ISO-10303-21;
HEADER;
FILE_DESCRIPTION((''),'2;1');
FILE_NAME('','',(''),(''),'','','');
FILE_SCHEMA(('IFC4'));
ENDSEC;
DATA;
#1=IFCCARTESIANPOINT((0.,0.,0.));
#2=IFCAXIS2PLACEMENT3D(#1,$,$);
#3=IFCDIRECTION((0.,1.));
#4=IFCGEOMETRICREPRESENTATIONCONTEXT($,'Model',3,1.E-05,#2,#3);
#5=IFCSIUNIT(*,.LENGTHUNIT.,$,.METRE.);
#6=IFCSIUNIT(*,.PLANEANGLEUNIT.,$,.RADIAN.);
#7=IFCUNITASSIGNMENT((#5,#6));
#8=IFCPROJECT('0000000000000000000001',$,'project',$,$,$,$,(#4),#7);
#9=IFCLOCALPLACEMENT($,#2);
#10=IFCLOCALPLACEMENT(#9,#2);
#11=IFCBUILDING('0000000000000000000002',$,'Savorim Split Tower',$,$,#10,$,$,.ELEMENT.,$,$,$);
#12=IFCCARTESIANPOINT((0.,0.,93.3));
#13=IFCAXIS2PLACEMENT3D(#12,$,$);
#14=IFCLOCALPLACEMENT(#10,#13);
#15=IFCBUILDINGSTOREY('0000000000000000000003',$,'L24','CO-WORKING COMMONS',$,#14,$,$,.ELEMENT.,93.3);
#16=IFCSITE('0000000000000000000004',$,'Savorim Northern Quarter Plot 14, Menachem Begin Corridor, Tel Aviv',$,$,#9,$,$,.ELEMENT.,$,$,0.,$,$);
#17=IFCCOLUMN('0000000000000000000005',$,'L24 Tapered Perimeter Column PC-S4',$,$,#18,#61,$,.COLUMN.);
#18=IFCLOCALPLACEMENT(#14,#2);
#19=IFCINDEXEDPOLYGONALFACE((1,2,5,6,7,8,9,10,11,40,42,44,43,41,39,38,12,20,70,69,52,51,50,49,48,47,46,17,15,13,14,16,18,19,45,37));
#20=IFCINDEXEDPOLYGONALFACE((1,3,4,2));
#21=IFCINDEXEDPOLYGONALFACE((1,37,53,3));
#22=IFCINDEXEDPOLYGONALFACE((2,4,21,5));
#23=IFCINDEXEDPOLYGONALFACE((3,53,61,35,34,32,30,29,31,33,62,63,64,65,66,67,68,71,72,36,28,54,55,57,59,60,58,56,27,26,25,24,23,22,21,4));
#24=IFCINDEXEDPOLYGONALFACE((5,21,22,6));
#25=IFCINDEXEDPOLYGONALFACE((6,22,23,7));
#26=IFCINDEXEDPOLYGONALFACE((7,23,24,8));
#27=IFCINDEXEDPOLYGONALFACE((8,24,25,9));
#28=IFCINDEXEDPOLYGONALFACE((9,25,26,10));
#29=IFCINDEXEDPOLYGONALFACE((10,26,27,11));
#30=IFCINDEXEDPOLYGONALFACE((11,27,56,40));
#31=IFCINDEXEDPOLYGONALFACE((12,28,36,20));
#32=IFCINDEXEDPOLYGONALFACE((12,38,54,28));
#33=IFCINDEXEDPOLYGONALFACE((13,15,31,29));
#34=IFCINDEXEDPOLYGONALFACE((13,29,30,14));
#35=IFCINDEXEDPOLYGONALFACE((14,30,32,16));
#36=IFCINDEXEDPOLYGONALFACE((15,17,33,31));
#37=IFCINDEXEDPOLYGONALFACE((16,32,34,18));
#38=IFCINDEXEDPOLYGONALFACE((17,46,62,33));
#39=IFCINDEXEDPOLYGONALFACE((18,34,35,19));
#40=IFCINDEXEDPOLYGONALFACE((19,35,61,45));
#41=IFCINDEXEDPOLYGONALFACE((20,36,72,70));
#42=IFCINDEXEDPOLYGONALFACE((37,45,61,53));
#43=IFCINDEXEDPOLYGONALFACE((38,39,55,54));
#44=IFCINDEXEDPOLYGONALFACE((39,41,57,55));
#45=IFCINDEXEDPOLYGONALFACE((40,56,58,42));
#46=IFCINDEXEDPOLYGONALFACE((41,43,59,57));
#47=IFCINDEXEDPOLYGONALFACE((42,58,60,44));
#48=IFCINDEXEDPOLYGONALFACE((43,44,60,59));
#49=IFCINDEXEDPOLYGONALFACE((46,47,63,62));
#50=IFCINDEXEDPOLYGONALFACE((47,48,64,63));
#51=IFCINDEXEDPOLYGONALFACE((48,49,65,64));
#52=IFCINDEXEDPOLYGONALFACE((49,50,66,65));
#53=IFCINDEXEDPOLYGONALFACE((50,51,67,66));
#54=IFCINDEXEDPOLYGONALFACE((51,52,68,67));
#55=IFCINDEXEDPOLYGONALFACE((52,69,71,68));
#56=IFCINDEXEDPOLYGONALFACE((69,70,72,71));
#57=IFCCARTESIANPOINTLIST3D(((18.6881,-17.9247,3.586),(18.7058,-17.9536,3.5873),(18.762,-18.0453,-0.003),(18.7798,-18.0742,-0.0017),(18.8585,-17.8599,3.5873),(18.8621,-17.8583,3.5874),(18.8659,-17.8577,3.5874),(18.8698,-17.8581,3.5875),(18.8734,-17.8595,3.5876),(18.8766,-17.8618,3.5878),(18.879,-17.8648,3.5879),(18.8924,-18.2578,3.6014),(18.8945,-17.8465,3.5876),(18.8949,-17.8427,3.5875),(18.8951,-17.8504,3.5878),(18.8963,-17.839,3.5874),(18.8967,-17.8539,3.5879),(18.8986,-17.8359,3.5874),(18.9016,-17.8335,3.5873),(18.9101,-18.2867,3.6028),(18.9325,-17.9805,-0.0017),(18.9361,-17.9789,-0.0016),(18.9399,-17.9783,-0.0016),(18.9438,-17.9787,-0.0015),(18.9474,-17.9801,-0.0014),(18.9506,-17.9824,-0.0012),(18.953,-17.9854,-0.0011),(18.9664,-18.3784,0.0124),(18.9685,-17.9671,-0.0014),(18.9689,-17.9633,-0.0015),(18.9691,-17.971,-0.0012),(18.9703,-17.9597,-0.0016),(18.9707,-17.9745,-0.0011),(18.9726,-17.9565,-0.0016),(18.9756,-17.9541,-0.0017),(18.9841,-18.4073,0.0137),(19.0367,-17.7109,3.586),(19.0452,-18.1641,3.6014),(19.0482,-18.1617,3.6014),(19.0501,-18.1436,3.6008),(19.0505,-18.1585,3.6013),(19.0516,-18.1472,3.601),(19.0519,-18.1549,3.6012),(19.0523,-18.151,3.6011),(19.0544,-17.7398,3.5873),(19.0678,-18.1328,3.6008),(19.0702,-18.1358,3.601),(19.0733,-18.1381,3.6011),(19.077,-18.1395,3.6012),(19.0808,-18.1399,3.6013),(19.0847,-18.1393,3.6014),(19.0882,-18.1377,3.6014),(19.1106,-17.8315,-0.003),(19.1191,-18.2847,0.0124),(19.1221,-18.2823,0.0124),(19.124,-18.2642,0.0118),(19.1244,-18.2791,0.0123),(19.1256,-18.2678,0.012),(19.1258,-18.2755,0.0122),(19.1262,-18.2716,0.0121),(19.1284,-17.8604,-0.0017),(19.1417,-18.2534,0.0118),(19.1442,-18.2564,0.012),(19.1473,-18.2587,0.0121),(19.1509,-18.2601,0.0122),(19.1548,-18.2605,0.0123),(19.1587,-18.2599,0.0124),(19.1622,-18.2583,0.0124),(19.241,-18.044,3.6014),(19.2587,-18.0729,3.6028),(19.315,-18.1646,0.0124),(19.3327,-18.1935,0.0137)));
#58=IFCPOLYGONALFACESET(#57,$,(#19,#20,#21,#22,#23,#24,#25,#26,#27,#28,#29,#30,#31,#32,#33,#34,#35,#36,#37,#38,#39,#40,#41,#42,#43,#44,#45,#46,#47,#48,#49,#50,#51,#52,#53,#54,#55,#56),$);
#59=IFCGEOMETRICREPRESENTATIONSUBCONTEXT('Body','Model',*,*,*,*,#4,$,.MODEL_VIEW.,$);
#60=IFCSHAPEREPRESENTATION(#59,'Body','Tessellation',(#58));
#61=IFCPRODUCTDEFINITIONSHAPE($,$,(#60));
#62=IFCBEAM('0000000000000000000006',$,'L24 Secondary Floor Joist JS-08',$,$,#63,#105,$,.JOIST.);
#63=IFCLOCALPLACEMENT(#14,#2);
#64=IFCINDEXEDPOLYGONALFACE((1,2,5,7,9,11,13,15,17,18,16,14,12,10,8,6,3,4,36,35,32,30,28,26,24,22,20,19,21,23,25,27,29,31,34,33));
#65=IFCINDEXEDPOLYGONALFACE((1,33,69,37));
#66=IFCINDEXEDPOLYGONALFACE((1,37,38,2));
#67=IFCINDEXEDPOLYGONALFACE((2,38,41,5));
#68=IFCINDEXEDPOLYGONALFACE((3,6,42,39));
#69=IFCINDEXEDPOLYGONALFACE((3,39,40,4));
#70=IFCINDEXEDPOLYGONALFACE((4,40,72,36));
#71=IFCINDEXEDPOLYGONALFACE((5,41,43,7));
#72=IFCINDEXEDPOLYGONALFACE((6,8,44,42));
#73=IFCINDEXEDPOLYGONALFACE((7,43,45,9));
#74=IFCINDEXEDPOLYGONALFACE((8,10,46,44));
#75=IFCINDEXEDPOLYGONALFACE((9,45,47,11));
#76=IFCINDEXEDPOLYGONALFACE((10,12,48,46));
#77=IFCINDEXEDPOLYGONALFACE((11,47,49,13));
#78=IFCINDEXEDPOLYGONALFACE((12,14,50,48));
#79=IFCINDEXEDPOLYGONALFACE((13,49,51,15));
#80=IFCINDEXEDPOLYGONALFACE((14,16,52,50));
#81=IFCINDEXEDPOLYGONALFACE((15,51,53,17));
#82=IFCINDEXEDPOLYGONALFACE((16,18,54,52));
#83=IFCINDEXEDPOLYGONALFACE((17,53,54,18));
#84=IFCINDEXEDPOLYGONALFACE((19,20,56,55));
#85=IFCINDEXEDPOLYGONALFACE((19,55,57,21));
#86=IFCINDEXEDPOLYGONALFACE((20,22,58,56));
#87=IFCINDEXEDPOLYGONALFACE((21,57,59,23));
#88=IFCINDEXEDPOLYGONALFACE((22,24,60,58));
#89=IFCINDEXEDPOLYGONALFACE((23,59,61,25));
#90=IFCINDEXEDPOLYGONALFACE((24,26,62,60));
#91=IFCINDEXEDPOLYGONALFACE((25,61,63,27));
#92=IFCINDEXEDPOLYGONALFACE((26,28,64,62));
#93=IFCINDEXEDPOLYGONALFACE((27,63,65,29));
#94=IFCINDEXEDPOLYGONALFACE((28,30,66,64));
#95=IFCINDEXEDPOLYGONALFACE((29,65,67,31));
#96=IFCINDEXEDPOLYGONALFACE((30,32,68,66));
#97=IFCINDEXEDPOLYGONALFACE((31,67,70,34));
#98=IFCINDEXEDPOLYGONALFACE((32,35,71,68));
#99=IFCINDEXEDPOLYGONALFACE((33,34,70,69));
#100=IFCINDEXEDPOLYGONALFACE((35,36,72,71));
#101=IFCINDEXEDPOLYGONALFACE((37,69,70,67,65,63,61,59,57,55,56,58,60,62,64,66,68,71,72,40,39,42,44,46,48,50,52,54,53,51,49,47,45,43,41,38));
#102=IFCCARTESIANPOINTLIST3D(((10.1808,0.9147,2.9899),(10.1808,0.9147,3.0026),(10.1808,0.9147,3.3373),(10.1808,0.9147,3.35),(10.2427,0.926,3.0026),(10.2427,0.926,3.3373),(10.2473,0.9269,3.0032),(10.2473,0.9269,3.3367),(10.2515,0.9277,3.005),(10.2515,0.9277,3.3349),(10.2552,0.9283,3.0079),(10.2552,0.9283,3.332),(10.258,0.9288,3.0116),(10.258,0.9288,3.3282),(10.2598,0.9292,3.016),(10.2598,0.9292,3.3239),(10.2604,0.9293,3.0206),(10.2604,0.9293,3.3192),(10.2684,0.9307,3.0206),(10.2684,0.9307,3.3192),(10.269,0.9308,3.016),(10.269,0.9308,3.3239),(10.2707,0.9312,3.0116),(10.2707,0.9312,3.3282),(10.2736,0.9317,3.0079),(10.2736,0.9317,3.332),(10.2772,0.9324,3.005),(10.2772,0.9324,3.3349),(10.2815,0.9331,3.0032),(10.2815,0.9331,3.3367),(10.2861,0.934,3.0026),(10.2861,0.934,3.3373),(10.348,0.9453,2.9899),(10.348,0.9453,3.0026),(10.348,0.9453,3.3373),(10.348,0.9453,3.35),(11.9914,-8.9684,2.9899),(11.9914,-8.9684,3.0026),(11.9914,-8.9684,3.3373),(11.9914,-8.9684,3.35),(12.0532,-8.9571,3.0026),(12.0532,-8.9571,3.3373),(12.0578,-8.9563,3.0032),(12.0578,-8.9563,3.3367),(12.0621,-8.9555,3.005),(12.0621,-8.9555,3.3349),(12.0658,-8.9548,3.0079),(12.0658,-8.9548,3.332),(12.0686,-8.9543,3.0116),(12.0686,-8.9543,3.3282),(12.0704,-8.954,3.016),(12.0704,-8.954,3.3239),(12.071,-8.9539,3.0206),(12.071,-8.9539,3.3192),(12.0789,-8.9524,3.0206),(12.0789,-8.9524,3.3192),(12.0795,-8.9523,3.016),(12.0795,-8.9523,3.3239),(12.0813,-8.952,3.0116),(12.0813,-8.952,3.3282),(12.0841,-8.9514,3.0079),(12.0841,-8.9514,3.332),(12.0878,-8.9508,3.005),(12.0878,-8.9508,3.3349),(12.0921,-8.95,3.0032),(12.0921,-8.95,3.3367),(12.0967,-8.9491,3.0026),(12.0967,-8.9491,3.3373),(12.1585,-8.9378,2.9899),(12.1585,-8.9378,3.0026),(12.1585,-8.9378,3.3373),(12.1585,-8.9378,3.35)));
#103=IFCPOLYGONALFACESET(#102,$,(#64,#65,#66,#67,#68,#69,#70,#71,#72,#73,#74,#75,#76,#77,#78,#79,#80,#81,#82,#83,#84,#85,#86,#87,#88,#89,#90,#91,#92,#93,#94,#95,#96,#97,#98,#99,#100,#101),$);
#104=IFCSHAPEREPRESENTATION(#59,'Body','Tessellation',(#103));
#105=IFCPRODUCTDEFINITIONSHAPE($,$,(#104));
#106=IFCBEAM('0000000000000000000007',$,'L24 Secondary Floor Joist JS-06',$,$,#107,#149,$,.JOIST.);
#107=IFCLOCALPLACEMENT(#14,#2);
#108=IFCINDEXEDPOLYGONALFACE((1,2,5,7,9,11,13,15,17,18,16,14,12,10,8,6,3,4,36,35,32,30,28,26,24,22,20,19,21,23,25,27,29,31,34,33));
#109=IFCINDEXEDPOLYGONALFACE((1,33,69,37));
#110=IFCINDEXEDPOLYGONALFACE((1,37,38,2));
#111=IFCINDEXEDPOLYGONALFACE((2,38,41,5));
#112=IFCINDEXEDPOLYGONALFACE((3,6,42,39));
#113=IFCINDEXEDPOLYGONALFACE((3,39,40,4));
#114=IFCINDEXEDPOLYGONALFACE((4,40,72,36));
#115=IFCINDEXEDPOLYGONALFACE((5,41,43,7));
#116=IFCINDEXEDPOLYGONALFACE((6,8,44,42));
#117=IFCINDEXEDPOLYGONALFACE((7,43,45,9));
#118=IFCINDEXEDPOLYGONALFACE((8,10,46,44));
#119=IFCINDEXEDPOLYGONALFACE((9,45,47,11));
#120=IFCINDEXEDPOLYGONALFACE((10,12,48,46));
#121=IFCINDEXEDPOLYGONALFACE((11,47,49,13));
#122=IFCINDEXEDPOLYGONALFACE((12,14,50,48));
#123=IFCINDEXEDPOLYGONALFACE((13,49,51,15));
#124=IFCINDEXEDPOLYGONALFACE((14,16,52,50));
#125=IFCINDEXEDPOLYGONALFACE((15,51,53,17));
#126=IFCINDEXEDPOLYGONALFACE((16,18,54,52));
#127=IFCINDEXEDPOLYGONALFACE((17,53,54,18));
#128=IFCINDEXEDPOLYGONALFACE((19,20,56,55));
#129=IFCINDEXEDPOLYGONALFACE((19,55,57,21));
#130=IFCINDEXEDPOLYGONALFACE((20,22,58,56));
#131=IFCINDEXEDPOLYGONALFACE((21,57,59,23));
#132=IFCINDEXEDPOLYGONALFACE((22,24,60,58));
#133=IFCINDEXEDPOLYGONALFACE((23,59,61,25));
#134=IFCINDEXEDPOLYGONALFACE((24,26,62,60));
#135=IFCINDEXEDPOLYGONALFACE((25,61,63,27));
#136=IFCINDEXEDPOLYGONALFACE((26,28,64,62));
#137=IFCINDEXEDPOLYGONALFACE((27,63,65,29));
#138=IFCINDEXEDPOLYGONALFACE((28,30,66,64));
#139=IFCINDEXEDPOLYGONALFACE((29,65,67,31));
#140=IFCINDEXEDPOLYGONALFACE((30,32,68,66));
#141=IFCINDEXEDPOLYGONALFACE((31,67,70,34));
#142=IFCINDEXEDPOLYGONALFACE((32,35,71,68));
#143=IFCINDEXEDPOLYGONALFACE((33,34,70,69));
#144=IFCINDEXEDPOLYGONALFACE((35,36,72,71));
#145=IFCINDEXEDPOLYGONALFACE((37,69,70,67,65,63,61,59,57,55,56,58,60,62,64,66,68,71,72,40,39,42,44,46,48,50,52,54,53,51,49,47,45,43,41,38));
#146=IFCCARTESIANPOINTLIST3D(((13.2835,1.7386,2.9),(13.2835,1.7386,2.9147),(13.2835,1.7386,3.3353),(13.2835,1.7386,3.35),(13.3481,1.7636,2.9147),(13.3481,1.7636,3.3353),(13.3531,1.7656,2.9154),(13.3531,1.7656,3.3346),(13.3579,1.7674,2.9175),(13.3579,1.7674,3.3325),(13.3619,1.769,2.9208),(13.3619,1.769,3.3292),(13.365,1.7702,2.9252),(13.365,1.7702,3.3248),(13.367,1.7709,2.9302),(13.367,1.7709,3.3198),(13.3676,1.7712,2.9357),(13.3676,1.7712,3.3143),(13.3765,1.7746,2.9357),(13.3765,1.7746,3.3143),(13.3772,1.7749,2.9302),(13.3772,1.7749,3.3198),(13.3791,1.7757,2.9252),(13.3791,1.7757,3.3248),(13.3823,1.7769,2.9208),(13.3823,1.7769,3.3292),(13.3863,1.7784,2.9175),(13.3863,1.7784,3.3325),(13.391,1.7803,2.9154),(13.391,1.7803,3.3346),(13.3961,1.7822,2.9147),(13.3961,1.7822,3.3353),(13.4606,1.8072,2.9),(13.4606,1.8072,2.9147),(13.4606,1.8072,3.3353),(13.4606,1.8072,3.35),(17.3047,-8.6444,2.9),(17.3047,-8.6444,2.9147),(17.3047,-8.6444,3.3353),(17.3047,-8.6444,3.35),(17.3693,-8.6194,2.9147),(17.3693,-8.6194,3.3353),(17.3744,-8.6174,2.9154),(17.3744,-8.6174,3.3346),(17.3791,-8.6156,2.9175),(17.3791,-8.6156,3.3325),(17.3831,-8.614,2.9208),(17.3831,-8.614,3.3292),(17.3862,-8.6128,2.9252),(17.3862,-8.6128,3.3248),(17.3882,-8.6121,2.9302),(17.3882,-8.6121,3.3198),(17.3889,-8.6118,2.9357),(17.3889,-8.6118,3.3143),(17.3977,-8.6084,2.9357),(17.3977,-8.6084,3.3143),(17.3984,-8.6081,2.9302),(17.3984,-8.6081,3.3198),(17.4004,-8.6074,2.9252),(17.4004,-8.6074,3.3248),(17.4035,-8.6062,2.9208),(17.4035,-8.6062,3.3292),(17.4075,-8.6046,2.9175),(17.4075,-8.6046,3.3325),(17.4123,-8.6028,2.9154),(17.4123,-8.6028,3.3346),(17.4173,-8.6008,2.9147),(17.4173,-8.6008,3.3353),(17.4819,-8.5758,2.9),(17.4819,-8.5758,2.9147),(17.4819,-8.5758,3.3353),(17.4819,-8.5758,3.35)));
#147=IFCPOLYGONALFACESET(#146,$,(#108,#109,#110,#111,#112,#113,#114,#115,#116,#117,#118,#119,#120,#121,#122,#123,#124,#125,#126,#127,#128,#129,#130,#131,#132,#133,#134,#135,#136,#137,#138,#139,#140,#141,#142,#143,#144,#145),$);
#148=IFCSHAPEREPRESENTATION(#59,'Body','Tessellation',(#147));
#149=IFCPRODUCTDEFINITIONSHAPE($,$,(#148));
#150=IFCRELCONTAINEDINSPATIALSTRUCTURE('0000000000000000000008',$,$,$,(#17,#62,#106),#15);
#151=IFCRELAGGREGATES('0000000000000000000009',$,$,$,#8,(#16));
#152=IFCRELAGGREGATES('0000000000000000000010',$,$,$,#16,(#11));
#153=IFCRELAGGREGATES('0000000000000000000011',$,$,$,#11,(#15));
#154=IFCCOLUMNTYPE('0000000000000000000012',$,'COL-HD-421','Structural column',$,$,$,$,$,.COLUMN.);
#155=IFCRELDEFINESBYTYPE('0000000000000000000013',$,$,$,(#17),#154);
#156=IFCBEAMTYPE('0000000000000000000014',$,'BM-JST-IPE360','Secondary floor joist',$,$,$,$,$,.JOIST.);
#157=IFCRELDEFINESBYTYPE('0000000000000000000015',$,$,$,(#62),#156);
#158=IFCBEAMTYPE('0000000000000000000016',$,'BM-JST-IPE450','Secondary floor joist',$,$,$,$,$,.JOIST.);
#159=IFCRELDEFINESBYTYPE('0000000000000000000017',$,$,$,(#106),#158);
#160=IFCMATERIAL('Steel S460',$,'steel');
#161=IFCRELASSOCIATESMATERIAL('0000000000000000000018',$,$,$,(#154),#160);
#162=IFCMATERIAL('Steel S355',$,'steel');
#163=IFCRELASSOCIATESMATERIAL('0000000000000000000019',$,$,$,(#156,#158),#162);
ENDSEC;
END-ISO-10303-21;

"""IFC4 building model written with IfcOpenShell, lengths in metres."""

from ifc_helpers import new_model, si_unit, direction, frame, origin, origin_2d, place, context, subcontext, project, spatial, i_section, extrude, material, material_profile, profile_set, type_object, element, save


model = new_model("IFC4")

# Units and contexts
model_context = context("Model", 3, precision=1e-05, world=origin(), true_north=direction((0.0, 1.0)))
body_context = subcontext(model_context, "Body", "Model", "MODEL_VIEW")
ifc_project = project(units=[si_unit("LENGTHUNIT", "METRE"), si_unit("PLANEANGLEUNIT", "RADIAN")], contexts=[model_context])

# Site, building, storey
site_placement = place(None, origin())
site = spatial("IfcSite", under=ifc_project, at=site_placement, Name="Savorim Northern Quarter Plot 14, Menachem Begin Corridor, Tel Aviv", CompositionType="ELEMENT", RefElevation=0.0)
building_placement = place(site_placement, origin())
building = spatial("IfcBuilding", under=site, at=building_placement, Name="Savorim Split Tower", CompositionType="ELEMENT")
storey_placement = place(building_placement, frame((0.0, 0.0, 93.3)))
storey = spatial("IfcBuildingStorey", under=building, at=storey_placement, Name="L24", Description="CO-WORKING COMMONS", CompositionType="ELEMENT", Elevation=93.3)

# Column
ifc_material_1 = material(Name="Steel S460", Category="steel")
ifc_material_profile_1 = material_profile(ifc_material_1, i_section(OverallWidth=0.4089, OverallDepth=0.425, WebThickness=0.0208, FlangeThickness=0.0339, FilletRadius=0.0149, at=origin_2d()), Name="HD 400x421")
ifc_profile_set_1 = profile_set([ifc_material_profile_1], Name="Steel S460")
column_type = type_object("IfcColumnType", Name="COL-HD-421", Description="Structural column", PredefinedType="COLUMN", material=ifc_profile_set_1)
column_placement = place(storey_placement, frame((19.0474, -18.1194, 0.0054), z_axis=(-0.020595, 0.033577, 0.999224), x_axis=(-0.852428, -0.522845, 0.0)))
element("IfcColumn", 1, at=column_placement, inside=storey, type_object=column_type, Name="L24 Tapered Perimeter Column PC-S4", PredefinedType="COLUMN", context=body_context, shape_type="SweptSolid", body=[
    extrude(i_section(OverallWidth=0.4089, OverallDepth=0.425, WebThickness=0.0208, FlangeThickness=0.0339, FilletRadius=0.0149, at=origin_2d()), origin(), (0.0, 0.0, 1.0), 3.5918),
])

# Beams
ifc_material_2 = material(Name="Steel S355", Category="steel")
ifc_material_profile_2 = material_profile(ifc_material_2, i_section(OverallWidth=0.1699, OverallDepth=0.3601, WebThickness=0.0081, FlangeThickness=0.0127, FilletRadius=0.0181, at=origin_2d()), Name="IPE 360")
ifc_profile_set_2 = profile_set([ifc_material_profile_2], Name="Steel S355")
beam_type_1 = type_object("IfcBeamType", Name="BM-JST-IPE360", Description="Secondary floor joist", PredefinedType="JOIST", material=ifc_profile_set_2)
beam_1_placement = place(storey_placement, frame((12.075, -8.9531, 3.1699), z_axis=(-0.180198, 0.98363, 0.0), x_axis=(-0.98363, -0.180198, 0.0)))
element("IfcBeam", 2, at=beam_1_placement, inside=storey, type_object=beam_type_1, Name="L24 Secondary Floor Joist JS-08", PredefinedType="JOIST", context=body_context, shape_type="SweptSolid", body=[
    extrude(i_section(OverallWidth=0.1699, OverallDepth=0.3601, WebThickness=0.0081, FlangeThickness=0.0127, FilletRadius=0.0181, at=origin_2d()), origin(), (0.0, 0.0, 1.0), 10.0476),
])
ifc_material_profile_3 = material_profile(ifc_material_2, i_section(OverallWidth=0.1899, OverallDepth=0.45, WebThickness=0.0095, FlangeThickness=0.0146, FilletRadius=0.021, at=origin_2d()), Name="IPE 450")
ifc_profile_set_3 = profile_set([ifc_material_profile_3], Name="Steel S355")
beam_type_2 = type_object("IfcBeamType", Name="BM-JST-IPE450", Description="Secondary floor joist", PredefinedType="JOIST", material=ifc_profile_set_3)
beam_2_placement = place(storey_placement, frame((17.3933, -8.6101, 3.125), z_axis=(-0.36115, 0.932508, 0.0), x_axis=(-0.932508, -0.36115, 0.0)))
element("IfcBeam", 3, at=beam_2_placement, inside=storey, type_object=beam_type_2, Name="L24 Secondary Floor Joist JS-06", PredefinedType="JOIST", context=body_context, shape_type="SweptSolid", body=[
    extrude(i_section(OverallWidth=0.1899, OverallDepth=0.45, WebThickness=0.0095, FlangeThickness=0.0146, FilletRadius=0.021, at=origin_2d()), origin(), (0.0, 0.0, 1.0), 11.1345),
])

save(model, "model.ifc")
